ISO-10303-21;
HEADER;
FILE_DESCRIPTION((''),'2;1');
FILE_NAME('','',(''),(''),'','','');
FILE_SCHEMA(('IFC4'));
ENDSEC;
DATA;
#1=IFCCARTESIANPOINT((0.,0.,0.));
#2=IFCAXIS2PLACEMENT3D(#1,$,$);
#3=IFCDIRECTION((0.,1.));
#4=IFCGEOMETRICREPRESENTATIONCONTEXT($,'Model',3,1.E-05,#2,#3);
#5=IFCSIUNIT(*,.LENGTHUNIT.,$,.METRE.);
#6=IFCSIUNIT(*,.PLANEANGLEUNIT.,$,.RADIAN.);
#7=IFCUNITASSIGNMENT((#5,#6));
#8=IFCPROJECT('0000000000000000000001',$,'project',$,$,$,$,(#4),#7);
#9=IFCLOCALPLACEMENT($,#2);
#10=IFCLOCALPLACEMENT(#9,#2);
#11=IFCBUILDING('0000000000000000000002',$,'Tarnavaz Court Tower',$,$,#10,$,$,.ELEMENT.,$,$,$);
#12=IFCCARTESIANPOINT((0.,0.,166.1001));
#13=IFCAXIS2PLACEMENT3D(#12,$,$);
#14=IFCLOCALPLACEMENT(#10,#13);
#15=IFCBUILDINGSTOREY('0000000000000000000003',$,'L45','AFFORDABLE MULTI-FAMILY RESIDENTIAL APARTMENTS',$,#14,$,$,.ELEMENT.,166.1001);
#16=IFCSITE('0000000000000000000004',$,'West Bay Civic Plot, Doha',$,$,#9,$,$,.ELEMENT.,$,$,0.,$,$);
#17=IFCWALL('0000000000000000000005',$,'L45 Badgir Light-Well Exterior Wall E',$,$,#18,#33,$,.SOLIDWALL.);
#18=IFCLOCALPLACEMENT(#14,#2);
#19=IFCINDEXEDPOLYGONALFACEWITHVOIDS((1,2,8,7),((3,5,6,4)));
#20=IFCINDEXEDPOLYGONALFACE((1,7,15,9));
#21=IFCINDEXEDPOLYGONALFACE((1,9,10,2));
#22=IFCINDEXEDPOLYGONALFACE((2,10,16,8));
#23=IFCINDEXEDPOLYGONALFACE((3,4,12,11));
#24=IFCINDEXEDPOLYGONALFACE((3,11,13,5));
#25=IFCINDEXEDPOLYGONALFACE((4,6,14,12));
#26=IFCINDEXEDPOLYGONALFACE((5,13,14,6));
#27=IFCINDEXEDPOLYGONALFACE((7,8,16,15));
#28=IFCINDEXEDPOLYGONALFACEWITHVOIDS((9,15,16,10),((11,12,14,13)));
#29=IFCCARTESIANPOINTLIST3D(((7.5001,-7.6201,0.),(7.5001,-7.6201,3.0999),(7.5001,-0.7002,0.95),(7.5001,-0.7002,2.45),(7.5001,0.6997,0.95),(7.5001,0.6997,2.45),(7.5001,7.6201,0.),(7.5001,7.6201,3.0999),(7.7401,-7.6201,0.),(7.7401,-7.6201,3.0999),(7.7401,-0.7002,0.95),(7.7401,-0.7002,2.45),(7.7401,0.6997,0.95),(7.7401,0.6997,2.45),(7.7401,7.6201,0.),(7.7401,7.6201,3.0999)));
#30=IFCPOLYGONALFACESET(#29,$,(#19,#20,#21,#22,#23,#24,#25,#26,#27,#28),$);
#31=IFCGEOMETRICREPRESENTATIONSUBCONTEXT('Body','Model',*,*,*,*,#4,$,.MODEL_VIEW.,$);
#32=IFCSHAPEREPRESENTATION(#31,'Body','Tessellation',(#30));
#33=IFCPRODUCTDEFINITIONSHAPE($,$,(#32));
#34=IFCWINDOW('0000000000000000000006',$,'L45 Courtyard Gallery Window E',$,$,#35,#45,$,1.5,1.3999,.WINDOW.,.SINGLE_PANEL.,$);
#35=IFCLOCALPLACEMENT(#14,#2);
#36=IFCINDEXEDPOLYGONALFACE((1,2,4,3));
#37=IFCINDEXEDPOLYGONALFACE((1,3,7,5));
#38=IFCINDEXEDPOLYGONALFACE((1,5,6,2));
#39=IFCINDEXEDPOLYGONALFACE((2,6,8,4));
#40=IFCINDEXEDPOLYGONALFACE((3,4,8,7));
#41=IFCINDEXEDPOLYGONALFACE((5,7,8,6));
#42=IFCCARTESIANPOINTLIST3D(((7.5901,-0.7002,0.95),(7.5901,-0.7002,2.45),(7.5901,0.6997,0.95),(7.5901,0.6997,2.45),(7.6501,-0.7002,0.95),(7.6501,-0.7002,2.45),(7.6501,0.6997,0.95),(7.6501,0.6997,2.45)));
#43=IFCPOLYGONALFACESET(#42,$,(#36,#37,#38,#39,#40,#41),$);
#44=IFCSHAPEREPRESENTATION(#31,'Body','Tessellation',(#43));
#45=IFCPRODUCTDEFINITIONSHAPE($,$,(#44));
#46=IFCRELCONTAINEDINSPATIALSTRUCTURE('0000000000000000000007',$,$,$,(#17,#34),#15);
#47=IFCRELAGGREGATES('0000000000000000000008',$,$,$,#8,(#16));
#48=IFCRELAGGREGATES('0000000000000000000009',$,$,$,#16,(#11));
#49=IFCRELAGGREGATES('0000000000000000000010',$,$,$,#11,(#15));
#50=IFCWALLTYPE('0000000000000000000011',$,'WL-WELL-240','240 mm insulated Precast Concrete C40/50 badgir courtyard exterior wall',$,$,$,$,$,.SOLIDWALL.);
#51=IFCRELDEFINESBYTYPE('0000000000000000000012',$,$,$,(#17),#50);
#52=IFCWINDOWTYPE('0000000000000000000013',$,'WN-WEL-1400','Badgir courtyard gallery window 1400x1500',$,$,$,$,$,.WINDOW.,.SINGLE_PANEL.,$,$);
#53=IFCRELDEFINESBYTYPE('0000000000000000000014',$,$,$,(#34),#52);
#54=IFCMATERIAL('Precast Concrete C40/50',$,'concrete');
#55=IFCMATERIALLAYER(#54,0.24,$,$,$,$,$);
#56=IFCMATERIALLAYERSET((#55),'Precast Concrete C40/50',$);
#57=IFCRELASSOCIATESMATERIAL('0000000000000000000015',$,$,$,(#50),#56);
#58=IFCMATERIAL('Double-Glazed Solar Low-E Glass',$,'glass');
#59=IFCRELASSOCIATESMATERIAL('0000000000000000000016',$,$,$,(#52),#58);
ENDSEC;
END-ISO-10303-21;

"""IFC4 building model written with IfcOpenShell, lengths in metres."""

from ifc_helpers import new_model, si_unit, direction, frame, frame_2d, origin, place, context, subcontext, project, spatial, rectangle, extrude, material, layer, layer_set, type_object, element, fill, save


model = new_model("IFC4")

# Units and contexts
model_context = context("Model", 3, precision=1e-05, world=origin(), true_north=direction((0.0, 1.0)))
body_context = subcontext(model_context, "Body", "Model", "MODEL_VIEW")
ifc_project = project(units=[si_unit("LENGTHUNIT", "METRE"), si_unit("PLANEANGLEUNIT", "RADIAN")], contexts=[model_context])

# Site, building, storey
site_placement = place(None, origin())
site = spatial("IfcSite", under=ifc_project, at=site_placement, Name="West Bay Civic Plot, Doha", CompositionType="ELEMENT", RefElevation=0.0)
building_placement = place(site_placement, origin())
building = spatial("IfcBuilding", under=site, at=building_placement, Name="Tarnavaz Court Tower", CompositionType="ELEMENT")
storey_placement = place(building_placement, frame((0.0, 0.0, 166.1001)))
storey = spatial("IfcBuildingStorey", under=building, at=storey_placement, Name="L45", Description="AFFORDABLE MULTI-FAMILY RESIDENTIAL APARTMENTS", CompositionType="ELEMENT", Elevation=166.1001)

# Wall, opening, window
ifc_material_1 = material(Name="Precast Concrete C40/50", Category="concrete")
ifc_layer_1 = layer(ifc_material_1, 0.24)
ifc_layer_set_1 = layer_set([ifc_layer_1], Name="Precast Concrete C40/50")
wall_type_1 = type_object("IfcWallType", Name="WL-WELL-240", Description="240 mm insulated Precast Concrete C40/50 badgir courtyard exterior wall", PredefinedType="SOLIDWALL", material=ifc_layer_set_1)
wall_1_placement = place(storey_placement, frame((7.6201, -7.6201, 0.0), z_axis=(0.0, 0.0, 1.0), x_axis=(0.0, 1.0, 0.0)))
wall_1 = element("IfcWall", 1, at=wall_1_placement, inside=storey, type_object=wall_type_1, Name="L45 Badgir Light-Well Exterior Wall E", PredefinedType="SOLIDWALL", context=body_context, shape_type="SweptSolid", body=[
    extrude(rectangle(XDim=15.2402, YDim=0.24, at=frame_2d((7.6201, 0.0))), origin(), (0.0, 0.0, 1.0), 3.0999),
])
opening_1_placement = place(wall_1_placement, frame((6.9199, 0.0, 0.95)))
opening_1 = element("IfcOpeningElement", 2, at=opening_1_placement, cuts=wall_1, PredefinedType="OPENING", context=body_context, shape_type="SweptSolid", body=[
    extrude(rectangle(XDim=1.3999, YDim=1.5, at=frame_2d((0.7, 0.75))), frame((0.0, 0.1299, 0.0), z_axis=(0.0, -1.0, 0.0), x_axis=(1.0, 0.0, 0.0)), (0.0, 0.0, 1.0), 0.26),
])
ifc_material_2 = material(Name="Double-Glazed Solar Low-E Glass", Category="glass")
window_type = type_object("IfcWindowType", Name="WN-WEL-1400", Description="Badgir courtyard gallery window 1400x1500", PartitioningType="SINGLE_PANEL", PredefinedType="WINDOW", material=ifc_material_2)
window_placement = place(opening_1_placement, origin())
window = element("IfcWindow", 3, at=window_placement, inside=storey, type_object=window_type, Name="L45 Courtyard Gallery Window E", OverallHeight=1.5, OverallWidth=1.3999, PartitioningType="SINGLE_PANEL", PredefinedType="WINDOW", context=body_context, shape_type="SweptSolid", body=[
    extrude(rectangle(XDim=1.3999, YDim=1.5, at=frame_2d((0.7, 0.75))), frame((0.0, 0.03, 0.0), z_axis=(0.0, -1.0, 0.0), x_axis=(1.0, 0.0, 0.0)), (0.0, 0.0, 1.0), 0.0601),
])
fill(opening_1, window)

save(model, "model.ifc")
